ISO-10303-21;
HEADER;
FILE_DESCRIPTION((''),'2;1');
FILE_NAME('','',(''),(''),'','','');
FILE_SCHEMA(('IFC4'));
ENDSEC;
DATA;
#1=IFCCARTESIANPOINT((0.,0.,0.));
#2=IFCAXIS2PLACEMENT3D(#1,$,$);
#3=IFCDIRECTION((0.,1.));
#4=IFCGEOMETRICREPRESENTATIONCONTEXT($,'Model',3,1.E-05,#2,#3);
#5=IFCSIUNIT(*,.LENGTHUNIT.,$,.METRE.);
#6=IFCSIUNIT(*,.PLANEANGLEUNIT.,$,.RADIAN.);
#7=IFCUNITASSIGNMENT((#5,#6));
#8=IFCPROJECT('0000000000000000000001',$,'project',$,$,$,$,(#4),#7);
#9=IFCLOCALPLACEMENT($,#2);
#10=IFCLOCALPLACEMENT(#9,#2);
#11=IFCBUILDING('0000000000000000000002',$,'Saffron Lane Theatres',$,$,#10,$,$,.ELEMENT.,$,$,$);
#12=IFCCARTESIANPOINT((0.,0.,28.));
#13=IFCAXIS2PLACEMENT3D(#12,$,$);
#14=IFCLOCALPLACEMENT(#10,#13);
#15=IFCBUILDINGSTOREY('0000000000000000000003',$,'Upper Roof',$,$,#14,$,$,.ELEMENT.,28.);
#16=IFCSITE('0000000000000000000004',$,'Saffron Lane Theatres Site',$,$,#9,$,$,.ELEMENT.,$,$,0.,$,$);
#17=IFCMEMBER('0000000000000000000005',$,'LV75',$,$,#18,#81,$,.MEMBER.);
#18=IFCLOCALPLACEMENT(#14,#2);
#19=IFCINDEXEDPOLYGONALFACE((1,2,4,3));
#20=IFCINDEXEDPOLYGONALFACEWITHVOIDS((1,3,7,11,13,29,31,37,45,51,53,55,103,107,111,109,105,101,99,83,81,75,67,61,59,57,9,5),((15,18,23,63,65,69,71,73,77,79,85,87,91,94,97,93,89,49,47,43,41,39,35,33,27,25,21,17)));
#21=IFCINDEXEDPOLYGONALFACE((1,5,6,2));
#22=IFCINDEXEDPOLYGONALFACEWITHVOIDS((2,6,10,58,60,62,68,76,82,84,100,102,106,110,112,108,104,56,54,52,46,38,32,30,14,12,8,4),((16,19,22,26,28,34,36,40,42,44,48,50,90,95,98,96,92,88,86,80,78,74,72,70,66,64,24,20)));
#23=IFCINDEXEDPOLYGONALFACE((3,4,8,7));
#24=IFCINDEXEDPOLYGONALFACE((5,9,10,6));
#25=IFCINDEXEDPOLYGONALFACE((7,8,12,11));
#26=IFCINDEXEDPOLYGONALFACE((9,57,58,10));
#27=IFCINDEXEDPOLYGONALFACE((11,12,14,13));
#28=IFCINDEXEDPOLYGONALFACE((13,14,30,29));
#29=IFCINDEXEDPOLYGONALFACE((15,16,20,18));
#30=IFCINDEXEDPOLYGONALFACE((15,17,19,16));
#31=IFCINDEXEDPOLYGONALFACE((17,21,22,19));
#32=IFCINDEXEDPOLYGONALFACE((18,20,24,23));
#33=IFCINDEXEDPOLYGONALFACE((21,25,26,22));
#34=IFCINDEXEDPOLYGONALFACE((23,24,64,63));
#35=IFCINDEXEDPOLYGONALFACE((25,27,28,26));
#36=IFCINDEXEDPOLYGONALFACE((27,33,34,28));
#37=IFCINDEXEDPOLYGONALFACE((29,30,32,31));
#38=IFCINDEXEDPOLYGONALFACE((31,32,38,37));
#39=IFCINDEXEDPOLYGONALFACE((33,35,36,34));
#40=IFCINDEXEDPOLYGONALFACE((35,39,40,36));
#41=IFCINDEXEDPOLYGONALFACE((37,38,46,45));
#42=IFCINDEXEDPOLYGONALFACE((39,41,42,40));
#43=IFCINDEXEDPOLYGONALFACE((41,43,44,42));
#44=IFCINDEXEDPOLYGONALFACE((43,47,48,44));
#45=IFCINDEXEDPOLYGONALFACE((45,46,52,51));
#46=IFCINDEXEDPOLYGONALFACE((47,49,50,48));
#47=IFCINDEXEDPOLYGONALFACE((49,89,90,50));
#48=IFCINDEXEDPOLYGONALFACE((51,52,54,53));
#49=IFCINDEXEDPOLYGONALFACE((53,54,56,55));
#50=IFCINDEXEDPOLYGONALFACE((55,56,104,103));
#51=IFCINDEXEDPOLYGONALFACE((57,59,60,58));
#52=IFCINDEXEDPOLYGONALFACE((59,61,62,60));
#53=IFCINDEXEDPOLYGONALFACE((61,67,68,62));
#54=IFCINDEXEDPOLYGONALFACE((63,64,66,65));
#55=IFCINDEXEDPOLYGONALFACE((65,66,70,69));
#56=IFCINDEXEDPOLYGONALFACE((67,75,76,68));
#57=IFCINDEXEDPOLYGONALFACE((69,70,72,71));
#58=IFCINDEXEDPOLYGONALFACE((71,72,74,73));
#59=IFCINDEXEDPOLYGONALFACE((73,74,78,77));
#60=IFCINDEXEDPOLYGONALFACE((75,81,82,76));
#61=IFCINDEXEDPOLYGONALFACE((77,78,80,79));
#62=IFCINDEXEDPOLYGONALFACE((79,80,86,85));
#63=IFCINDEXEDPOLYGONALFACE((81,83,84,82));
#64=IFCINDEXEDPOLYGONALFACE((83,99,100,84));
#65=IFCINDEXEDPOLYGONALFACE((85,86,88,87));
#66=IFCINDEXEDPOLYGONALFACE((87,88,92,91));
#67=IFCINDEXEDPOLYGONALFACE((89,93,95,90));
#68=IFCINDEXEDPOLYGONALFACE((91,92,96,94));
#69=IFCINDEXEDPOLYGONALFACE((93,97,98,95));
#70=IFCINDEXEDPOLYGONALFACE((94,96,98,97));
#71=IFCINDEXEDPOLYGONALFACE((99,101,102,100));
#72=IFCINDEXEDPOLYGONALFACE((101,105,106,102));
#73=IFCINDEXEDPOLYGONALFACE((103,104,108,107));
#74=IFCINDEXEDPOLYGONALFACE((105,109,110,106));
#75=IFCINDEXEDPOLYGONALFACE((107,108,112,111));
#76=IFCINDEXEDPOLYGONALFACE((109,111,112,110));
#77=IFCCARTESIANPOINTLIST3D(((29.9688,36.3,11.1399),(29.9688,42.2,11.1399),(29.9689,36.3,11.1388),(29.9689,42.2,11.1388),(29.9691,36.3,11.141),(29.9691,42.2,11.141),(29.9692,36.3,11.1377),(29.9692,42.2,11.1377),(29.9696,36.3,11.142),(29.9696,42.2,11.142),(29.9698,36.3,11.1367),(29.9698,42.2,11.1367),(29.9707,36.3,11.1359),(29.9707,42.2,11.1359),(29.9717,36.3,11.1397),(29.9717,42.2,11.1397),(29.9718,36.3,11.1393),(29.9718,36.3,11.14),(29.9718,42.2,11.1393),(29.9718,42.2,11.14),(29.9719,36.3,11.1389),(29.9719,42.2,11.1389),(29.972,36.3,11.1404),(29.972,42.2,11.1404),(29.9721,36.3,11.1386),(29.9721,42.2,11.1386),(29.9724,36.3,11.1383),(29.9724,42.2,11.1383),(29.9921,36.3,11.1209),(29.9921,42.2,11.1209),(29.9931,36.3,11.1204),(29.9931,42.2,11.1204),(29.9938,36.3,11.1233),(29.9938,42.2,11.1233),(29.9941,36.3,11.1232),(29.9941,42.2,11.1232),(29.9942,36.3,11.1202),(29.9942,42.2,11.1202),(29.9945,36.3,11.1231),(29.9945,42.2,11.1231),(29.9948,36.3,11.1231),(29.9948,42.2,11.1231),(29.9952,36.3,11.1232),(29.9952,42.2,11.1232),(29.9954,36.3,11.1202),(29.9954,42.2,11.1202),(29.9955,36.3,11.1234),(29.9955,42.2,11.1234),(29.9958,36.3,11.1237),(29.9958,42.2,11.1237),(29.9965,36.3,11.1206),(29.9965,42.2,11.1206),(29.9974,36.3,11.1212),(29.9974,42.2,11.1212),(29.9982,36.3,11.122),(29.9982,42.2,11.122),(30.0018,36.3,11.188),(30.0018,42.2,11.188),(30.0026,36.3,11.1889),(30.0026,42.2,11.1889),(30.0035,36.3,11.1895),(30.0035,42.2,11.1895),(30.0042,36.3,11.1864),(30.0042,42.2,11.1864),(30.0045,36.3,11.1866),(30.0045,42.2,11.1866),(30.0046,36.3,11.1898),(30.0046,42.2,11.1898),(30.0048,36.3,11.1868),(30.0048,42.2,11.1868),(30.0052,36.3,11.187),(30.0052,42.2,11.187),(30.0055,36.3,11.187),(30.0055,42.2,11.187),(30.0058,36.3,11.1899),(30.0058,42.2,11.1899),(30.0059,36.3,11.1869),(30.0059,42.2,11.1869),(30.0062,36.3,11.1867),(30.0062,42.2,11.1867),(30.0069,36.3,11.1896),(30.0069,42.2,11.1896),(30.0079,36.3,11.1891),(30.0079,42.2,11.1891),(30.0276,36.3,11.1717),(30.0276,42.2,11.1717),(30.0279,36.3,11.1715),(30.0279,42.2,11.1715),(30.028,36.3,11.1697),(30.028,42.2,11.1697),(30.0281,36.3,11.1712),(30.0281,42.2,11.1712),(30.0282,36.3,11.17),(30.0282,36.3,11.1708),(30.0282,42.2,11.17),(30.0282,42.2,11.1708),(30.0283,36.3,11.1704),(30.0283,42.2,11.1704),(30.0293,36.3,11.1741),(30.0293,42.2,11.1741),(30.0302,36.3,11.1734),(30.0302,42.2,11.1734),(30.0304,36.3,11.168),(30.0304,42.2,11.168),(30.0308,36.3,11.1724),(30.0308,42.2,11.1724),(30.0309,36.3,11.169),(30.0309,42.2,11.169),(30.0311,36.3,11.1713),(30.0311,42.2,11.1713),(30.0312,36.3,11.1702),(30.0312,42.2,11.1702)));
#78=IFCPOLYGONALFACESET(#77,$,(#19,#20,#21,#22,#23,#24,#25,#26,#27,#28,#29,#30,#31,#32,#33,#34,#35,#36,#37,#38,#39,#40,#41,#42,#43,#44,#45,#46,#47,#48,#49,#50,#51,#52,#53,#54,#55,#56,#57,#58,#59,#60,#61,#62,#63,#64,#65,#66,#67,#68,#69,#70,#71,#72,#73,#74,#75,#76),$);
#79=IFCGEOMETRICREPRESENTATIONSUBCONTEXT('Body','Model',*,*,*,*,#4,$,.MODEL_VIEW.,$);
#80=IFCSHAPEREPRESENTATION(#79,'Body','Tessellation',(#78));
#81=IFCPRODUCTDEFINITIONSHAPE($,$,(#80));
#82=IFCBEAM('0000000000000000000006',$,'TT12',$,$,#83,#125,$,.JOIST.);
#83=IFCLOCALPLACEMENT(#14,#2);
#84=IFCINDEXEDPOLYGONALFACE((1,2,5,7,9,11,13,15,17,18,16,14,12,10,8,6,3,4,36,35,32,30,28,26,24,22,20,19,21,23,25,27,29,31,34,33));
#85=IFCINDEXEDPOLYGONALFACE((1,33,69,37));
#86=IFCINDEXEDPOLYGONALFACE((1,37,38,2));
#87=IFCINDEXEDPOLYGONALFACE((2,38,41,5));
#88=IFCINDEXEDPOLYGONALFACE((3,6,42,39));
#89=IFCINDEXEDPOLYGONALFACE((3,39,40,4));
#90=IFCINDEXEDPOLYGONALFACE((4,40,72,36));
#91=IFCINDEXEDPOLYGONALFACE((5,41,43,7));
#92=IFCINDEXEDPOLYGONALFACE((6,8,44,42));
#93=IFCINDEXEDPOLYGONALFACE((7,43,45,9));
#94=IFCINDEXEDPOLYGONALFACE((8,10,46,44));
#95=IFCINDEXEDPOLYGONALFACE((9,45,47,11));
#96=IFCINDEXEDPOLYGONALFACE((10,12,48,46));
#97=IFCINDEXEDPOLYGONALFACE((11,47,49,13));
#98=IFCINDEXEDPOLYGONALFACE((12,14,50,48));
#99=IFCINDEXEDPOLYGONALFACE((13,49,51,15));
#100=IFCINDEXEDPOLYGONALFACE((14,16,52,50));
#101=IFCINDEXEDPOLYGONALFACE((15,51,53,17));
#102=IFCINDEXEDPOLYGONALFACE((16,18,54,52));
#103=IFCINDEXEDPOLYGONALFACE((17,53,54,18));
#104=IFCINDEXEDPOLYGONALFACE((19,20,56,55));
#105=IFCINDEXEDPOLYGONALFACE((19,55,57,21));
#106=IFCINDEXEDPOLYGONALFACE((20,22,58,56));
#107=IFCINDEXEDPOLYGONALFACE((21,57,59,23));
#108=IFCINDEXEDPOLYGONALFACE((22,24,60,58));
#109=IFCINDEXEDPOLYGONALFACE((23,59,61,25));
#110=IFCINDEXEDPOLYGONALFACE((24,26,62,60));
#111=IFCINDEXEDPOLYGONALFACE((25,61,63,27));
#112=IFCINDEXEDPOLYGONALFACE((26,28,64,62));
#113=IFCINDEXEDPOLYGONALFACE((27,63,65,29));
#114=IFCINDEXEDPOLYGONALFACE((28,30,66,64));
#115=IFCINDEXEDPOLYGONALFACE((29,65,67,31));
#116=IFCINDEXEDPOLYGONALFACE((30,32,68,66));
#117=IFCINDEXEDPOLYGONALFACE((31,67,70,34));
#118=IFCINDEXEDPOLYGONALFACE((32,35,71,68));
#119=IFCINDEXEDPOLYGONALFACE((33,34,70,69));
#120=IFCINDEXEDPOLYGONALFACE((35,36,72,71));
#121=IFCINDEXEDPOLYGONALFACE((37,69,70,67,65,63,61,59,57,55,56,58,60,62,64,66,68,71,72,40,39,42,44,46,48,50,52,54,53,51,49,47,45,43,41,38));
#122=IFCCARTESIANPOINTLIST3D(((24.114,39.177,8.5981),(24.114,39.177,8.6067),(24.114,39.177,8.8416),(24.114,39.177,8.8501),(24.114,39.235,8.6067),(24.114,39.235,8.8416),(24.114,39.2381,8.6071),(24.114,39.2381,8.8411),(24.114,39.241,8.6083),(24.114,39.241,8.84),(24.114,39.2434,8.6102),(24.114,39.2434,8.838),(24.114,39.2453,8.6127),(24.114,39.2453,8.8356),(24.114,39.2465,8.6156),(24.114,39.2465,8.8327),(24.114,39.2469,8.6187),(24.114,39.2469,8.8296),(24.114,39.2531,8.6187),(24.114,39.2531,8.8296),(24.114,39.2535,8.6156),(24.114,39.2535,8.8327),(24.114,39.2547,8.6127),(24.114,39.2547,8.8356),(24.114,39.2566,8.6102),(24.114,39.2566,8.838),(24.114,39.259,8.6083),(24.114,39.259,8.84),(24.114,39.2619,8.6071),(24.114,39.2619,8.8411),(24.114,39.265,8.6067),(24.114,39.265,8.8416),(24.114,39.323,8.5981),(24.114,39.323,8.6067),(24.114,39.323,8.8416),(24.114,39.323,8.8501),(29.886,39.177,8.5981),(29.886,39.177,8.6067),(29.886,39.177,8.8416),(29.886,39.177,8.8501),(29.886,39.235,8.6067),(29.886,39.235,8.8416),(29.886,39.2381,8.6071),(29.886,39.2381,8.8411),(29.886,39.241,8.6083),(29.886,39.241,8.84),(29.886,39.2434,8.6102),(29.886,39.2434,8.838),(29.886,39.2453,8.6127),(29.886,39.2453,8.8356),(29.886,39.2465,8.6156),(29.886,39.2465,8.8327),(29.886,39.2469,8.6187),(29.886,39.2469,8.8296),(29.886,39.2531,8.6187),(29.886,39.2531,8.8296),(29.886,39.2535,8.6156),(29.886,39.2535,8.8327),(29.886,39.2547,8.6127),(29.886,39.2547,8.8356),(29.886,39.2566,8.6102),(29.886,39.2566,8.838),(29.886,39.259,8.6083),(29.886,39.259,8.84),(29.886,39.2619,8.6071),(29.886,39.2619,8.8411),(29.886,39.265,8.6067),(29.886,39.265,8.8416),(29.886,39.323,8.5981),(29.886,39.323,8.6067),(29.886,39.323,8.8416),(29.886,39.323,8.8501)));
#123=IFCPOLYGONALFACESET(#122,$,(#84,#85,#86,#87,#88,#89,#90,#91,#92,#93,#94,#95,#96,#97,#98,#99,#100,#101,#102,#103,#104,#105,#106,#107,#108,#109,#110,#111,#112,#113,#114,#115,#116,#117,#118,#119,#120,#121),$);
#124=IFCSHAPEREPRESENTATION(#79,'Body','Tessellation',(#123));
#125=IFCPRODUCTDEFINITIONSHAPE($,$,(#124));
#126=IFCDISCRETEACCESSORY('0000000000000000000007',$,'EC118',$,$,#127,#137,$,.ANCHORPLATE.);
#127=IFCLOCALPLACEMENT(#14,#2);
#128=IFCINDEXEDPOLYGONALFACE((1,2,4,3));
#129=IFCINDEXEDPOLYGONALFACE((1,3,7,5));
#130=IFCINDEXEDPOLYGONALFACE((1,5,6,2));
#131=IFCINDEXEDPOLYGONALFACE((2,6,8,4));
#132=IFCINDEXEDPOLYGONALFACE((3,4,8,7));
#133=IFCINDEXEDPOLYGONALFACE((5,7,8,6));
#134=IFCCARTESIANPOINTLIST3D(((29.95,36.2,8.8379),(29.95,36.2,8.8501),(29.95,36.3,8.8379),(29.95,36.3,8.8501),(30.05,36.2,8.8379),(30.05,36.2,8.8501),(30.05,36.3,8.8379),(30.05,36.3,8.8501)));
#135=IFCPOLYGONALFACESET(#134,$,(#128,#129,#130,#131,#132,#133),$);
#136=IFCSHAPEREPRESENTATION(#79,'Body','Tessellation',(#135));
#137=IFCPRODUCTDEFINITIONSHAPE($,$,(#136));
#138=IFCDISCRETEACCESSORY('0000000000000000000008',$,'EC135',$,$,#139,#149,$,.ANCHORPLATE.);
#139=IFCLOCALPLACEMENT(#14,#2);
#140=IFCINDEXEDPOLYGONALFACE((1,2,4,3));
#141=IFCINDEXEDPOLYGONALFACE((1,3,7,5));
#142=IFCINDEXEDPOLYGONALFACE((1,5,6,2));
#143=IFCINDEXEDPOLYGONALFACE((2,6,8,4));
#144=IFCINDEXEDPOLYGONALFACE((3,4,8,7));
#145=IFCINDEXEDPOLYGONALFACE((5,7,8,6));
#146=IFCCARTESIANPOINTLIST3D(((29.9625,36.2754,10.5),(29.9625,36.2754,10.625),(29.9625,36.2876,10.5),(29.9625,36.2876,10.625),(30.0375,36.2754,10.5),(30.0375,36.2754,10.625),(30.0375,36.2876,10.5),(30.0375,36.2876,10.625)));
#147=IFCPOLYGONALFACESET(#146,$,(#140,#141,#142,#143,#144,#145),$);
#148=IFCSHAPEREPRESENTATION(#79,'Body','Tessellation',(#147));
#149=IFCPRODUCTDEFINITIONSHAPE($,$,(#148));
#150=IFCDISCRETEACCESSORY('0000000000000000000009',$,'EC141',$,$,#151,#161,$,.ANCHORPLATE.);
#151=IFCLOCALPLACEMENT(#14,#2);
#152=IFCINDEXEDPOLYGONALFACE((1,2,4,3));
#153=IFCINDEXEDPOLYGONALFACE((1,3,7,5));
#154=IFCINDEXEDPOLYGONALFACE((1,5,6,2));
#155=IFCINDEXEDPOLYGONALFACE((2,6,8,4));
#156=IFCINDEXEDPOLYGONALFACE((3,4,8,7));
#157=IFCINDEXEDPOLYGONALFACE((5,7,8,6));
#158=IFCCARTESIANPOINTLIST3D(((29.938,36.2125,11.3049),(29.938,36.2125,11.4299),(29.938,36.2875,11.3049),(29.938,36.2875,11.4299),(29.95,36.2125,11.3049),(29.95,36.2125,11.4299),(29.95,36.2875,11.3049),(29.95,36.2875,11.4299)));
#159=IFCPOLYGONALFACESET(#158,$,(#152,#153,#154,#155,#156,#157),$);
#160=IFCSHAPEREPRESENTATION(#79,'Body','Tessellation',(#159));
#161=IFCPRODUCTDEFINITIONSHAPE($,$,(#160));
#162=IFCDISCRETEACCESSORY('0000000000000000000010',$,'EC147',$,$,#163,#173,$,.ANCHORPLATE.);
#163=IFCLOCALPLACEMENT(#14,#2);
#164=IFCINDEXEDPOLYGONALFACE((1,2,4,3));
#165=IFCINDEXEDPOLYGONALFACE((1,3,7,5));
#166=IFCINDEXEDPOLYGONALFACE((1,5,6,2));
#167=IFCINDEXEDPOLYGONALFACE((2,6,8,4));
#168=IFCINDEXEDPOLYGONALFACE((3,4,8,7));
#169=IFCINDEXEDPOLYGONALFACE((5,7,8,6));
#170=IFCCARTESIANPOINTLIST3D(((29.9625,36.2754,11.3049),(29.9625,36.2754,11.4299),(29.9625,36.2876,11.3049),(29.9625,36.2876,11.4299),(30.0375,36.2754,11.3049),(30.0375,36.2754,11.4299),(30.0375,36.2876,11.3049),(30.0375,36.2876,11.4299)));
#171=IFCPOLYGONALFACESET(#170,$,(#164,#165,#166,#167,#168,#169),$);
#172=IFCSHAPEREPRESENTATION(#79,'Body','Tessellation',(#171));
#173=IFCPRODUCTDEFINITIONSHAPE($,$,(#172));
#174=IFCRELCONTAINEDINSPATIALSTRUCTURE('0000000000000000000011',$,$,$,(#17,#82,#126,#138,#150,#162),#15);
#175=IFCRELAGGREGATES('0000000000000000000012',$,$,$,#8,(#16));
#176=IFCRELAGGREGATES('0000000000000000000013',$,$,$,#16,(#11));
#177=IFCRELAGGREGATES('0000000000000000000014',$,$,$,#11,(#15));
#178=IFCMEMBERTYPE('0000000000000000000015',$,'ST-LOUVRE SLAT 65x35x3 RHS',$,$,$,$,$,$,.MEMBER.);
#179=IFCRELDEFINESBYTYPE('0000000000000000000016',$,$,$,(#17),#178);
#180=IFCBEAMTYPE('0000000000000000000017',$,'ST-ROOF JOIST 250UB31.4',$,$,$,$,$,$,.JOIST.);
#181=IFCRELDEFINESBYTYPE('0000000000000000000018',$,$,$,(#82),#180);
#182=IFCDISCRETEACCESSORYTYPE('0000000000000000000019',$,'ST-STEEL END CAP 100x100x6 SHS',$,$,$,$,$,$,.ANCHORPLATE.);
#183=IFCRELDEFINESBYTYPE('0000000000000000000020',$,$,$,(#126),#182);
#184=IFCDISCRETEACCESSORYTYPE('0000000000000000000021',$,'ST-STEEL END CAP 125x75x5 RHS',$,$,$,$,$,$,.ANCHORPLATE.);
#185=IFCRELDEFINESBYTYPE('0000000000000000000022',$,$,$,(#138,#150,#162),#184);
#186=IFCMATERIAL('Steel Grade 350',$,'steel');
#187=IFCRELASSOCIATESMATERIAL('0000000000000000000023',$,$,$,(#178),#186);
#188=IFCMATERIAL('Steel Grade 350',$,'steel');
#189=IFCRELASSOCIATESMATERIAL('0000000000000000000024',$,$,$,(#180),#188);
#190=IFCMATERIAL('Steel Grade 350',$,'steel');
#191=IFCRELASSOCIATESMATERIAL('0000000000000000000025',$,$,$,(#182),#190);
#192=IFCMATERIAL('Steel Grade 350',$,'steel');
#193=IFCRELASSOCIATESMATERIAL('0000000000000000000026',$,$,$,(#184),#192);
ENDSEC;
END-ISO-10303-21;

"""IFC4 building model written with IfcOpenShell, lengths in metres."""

from ifc_helpers import new_model, si_unit, direction, frame, origin, origin_2d, place, context, subcontext, project, spatial, rectangle, hollow_rectangle, i_section, extrude, material, material_profile, profile_set, type_object, element, save


model = new_model("IFC4")

# Units and contexts
model_context = context("Model", 3, precision=1e-05, world=origin(), true_north=direction((0.0, 1.0)))
body_context = subcontext(model_context, "Body", "Model", "MODEL_VIEW")
ifc_project = project(units=[si_unit("LENGTHUNIT", "METRE"), si_unit("PLANEANGLEUNIT", "RADIAN")], contexts=[model_context])

# Site, building, storey
site_placement = place(None, origin())
site = spatial("IfcSite", under=ifc_project, at=site_placement, Name="Saffron Lane Theatres Site", CompositionType="ELEMENT", RefElevation=0.0)
building_placement = place(site_placement, origin())
building = spatial("IfcBuilding", under=site, at=building_placement, Name="Saffron Lane Theatres", CompositionType="ELEMENT")
storey_placement = place(building_placement, frame((0.0, 0.0, 28.0)))
storey = spatial("IfcBuildingStorey", under=building, at=storey_placement, Name="Upper Roof", CompositionType="ELEMENT", Elevation=28.0)

# Member
ifc_material_1 = material(Name="Steel Grade 350", Category="steel")
ifc_material_profile_1 = material_profile(ifc_material_1, hollow_rectangle(XDim=0.0349, YDim=0.0649, WallThickness=0.0029, InnerFilletRadius=0.0015, OuterFilletRadius=0.0044, at=origin_2d()))
ifc_profile_set_1 = profile_set([ifc_material_profile_1], Name="Steel Grade 350")
member_type_1 = type_object("IfcMemberType", Name="ST-LOUVRE SLAT 65x35x3 RHS", PredefinedType="MEMBER", material=ifc_profile_set_1)
for number, where, z_axis, x_axis, name in (
    (1, (30.0, 36.3, 11.155), (0.0, 1.0, 0.0), (-0.819152, 0.0, 0.573576), "LV75"),
):
    element("IfcMember", number, at=place(storey_placement, frame(where, z_axis=z_axis, x_axis=x_axis)), inside=storey, type_object=member_type_1, Name=name, PredefinedType="MEMBER", context=body_context, shape_type="SweptSolid", body=[
        extrude(hollow_rectangle(XDim=0.0349, YDim=0.0649, WallThickness=0.0029, InnerFilletRadius=0.0015, OuterFilletRadius=0.0044, at=origin_2d()), origin(), (0.0, 0.0, 1.0), 5.8999),
    ])

# Beam
ifc_material_2 = material(Name="Steel Grade 350", Category="steel")
ifc_material_profile_2 = material_profile(ifc_material_2, i_section(OverallWidth=0.146, OverallDepth=0.252, WebThickness=0.0061, FlangeThickness=0.0085, FilletRadius=0.012, at=origin_2d()))
ifc_profile_set_2 = profile_set([ifc_material_profile_2], Name="Steel Grade 350")
beam_type_1 = type_object("IfcBeamType", Name="ST-ROOF JOIST 250UB31.4", PredefinedType="JOIST", material=ifc_profile_set_2)
beam_1_placement = place(storey_placement, frame((24.114, 39.25, 8.7241), z_axis=(1.0, 0.0, 0.0), x_axis=(0.0, 1.0, 0.0)))
element("IfcBeam", 2, at=beam_1_placement, inside=storey, type_object=beam_type_1, Name="TT12", PredefinedType="JOIST", context=body_context, shape_type="SweptSolid", body=[
    extrude(i_section(OverallWidth=0.146, OverallDepth=0.252, WebThickness=0.0061, FlangeThickness=0.0085, FilletRadius=0.012, at=origin_2d()), origin(), (0.0, 0.0, 1.0), 5.772),
])

# Discrete accessories
ifc_material_3 = material(Name="Steel Grade 350", Category="steel")
ifc_material_profile_3 = material_profile(ifc_material_3, rectangle(XDim=0.1001, YDim=0.1001, at=origin_2d()))
ifc_profile_set_3 = profile_set([ifc_material_profile_3], Name="Steel Grade 350")
discrete_accessory_type_1 = type_object("IfcDiscreteAccessoryType", Name="ST-STEEL END CAP 100x100x6 SHS", PredefinedType="ANCHORPLATE", material=ifc_profile_set_3)
discrete_accessory_1_placement = place(storey_placement, frame((30.0, 36.25, 8.8379), z_axis=(0.0, 0.0, 1.0), x_axis=(1.0, 0.0, 0.0)))
element("IfcDiscreteAccessory", 3, at=discrete_accessory_1_placement, inside=storey, type_object=discrete_accessory_type_1, Name="EC118", PredefinedType="ANCHORPLATE", context=body_context, shape_type="SweptSolid", body=[
    extrude(rectangle(XDim=0.1001, YDim=0.1001, at=origin_2d()), origin(), (0.0, 0.0, 1.0), 0.0122),
])
ifc_material_4 = material(Name="Steel Grade 350", Category="steel")
ifc_material_profile_4 = material_profile(ifc_material_4, rectangle(XDim=0.075, YDim=0.125, at=origin_2d()))
ifc_profile_set_4 = profile_set([ifc_material_profile_4], Name="Steel Grade 350")
discrete_accessory_type_2 = type_object("IfcDiscreteAccessoryType", Name="ST-STEEL END CAP 125x75x5 RHS", PredefinedType="ANCHORPLATE", material=ifc_profile_set_4)
discrete_accessory_2_placement = place(storey_placement, frame((30.0, 36.2754, 10.5625), z_axis=(0.0, 1.0, 0.0), x_axis=(-1.0, 0.0, 0.0)))
element("IfcDiscreteAccessory", 4, at=discrete_accessory_2_placement, inside=storey, type_object=discrete_accessory_type_2, Name="EC135", PredefinedType="ANCHORPLATE", context=body_context, shape_type="SweptSolid", body=[
    extrude(rectangle(XDim=0.075, YDim=0.125, at=origin_2d()), origin(), (0.0, 0.0, 1.0), 0.0122),
])
discrete_accessory_3_placement = place(storey_placement, frame((29.938, 36.25, 11.3674), z_axis=(1.0, 0.0, 0.0), x_axis=(0.0, 1.0, 0.0)))
element("IfcDiscreteAccessory", 5, at=discrete_accessory_3_placement, inside=storey, type_object=discrete_accessory_type_2, Name="EC141", PredefinedType="ANCHORPLATE", context=body_context, shape_type="SweptSolid", body=[
    extrude(rectangle(XDim=0.075, YDim=0.125, at=origin_2d()), origin(), (0.0, 0.0, 1.0), 0.012),
])
discrete_accessory_4_placement = place(storey_placement, frame((30.0, 36.2754, 11.3674), z_axis=(0.0, 1.0, 0.0), x_axis=(-1.0, 0.0, 0.0)))
element("IfcDiscreteAccessory", 6, at=discrete_accessory_4_placement, inside=storey, type_object=discrete_accessory_type_2, Name="EC147", PredefinedType="ANCHORPLATE", context=body_context, shape_type="SweptSolid", body=[
    extrude(rectangle(XDim=0.075, YDim=0.125, at=origin_2d()), origin(), (0.0, 0.0, 1.0), 0.0122),
])

save(model, "model.ifc")
